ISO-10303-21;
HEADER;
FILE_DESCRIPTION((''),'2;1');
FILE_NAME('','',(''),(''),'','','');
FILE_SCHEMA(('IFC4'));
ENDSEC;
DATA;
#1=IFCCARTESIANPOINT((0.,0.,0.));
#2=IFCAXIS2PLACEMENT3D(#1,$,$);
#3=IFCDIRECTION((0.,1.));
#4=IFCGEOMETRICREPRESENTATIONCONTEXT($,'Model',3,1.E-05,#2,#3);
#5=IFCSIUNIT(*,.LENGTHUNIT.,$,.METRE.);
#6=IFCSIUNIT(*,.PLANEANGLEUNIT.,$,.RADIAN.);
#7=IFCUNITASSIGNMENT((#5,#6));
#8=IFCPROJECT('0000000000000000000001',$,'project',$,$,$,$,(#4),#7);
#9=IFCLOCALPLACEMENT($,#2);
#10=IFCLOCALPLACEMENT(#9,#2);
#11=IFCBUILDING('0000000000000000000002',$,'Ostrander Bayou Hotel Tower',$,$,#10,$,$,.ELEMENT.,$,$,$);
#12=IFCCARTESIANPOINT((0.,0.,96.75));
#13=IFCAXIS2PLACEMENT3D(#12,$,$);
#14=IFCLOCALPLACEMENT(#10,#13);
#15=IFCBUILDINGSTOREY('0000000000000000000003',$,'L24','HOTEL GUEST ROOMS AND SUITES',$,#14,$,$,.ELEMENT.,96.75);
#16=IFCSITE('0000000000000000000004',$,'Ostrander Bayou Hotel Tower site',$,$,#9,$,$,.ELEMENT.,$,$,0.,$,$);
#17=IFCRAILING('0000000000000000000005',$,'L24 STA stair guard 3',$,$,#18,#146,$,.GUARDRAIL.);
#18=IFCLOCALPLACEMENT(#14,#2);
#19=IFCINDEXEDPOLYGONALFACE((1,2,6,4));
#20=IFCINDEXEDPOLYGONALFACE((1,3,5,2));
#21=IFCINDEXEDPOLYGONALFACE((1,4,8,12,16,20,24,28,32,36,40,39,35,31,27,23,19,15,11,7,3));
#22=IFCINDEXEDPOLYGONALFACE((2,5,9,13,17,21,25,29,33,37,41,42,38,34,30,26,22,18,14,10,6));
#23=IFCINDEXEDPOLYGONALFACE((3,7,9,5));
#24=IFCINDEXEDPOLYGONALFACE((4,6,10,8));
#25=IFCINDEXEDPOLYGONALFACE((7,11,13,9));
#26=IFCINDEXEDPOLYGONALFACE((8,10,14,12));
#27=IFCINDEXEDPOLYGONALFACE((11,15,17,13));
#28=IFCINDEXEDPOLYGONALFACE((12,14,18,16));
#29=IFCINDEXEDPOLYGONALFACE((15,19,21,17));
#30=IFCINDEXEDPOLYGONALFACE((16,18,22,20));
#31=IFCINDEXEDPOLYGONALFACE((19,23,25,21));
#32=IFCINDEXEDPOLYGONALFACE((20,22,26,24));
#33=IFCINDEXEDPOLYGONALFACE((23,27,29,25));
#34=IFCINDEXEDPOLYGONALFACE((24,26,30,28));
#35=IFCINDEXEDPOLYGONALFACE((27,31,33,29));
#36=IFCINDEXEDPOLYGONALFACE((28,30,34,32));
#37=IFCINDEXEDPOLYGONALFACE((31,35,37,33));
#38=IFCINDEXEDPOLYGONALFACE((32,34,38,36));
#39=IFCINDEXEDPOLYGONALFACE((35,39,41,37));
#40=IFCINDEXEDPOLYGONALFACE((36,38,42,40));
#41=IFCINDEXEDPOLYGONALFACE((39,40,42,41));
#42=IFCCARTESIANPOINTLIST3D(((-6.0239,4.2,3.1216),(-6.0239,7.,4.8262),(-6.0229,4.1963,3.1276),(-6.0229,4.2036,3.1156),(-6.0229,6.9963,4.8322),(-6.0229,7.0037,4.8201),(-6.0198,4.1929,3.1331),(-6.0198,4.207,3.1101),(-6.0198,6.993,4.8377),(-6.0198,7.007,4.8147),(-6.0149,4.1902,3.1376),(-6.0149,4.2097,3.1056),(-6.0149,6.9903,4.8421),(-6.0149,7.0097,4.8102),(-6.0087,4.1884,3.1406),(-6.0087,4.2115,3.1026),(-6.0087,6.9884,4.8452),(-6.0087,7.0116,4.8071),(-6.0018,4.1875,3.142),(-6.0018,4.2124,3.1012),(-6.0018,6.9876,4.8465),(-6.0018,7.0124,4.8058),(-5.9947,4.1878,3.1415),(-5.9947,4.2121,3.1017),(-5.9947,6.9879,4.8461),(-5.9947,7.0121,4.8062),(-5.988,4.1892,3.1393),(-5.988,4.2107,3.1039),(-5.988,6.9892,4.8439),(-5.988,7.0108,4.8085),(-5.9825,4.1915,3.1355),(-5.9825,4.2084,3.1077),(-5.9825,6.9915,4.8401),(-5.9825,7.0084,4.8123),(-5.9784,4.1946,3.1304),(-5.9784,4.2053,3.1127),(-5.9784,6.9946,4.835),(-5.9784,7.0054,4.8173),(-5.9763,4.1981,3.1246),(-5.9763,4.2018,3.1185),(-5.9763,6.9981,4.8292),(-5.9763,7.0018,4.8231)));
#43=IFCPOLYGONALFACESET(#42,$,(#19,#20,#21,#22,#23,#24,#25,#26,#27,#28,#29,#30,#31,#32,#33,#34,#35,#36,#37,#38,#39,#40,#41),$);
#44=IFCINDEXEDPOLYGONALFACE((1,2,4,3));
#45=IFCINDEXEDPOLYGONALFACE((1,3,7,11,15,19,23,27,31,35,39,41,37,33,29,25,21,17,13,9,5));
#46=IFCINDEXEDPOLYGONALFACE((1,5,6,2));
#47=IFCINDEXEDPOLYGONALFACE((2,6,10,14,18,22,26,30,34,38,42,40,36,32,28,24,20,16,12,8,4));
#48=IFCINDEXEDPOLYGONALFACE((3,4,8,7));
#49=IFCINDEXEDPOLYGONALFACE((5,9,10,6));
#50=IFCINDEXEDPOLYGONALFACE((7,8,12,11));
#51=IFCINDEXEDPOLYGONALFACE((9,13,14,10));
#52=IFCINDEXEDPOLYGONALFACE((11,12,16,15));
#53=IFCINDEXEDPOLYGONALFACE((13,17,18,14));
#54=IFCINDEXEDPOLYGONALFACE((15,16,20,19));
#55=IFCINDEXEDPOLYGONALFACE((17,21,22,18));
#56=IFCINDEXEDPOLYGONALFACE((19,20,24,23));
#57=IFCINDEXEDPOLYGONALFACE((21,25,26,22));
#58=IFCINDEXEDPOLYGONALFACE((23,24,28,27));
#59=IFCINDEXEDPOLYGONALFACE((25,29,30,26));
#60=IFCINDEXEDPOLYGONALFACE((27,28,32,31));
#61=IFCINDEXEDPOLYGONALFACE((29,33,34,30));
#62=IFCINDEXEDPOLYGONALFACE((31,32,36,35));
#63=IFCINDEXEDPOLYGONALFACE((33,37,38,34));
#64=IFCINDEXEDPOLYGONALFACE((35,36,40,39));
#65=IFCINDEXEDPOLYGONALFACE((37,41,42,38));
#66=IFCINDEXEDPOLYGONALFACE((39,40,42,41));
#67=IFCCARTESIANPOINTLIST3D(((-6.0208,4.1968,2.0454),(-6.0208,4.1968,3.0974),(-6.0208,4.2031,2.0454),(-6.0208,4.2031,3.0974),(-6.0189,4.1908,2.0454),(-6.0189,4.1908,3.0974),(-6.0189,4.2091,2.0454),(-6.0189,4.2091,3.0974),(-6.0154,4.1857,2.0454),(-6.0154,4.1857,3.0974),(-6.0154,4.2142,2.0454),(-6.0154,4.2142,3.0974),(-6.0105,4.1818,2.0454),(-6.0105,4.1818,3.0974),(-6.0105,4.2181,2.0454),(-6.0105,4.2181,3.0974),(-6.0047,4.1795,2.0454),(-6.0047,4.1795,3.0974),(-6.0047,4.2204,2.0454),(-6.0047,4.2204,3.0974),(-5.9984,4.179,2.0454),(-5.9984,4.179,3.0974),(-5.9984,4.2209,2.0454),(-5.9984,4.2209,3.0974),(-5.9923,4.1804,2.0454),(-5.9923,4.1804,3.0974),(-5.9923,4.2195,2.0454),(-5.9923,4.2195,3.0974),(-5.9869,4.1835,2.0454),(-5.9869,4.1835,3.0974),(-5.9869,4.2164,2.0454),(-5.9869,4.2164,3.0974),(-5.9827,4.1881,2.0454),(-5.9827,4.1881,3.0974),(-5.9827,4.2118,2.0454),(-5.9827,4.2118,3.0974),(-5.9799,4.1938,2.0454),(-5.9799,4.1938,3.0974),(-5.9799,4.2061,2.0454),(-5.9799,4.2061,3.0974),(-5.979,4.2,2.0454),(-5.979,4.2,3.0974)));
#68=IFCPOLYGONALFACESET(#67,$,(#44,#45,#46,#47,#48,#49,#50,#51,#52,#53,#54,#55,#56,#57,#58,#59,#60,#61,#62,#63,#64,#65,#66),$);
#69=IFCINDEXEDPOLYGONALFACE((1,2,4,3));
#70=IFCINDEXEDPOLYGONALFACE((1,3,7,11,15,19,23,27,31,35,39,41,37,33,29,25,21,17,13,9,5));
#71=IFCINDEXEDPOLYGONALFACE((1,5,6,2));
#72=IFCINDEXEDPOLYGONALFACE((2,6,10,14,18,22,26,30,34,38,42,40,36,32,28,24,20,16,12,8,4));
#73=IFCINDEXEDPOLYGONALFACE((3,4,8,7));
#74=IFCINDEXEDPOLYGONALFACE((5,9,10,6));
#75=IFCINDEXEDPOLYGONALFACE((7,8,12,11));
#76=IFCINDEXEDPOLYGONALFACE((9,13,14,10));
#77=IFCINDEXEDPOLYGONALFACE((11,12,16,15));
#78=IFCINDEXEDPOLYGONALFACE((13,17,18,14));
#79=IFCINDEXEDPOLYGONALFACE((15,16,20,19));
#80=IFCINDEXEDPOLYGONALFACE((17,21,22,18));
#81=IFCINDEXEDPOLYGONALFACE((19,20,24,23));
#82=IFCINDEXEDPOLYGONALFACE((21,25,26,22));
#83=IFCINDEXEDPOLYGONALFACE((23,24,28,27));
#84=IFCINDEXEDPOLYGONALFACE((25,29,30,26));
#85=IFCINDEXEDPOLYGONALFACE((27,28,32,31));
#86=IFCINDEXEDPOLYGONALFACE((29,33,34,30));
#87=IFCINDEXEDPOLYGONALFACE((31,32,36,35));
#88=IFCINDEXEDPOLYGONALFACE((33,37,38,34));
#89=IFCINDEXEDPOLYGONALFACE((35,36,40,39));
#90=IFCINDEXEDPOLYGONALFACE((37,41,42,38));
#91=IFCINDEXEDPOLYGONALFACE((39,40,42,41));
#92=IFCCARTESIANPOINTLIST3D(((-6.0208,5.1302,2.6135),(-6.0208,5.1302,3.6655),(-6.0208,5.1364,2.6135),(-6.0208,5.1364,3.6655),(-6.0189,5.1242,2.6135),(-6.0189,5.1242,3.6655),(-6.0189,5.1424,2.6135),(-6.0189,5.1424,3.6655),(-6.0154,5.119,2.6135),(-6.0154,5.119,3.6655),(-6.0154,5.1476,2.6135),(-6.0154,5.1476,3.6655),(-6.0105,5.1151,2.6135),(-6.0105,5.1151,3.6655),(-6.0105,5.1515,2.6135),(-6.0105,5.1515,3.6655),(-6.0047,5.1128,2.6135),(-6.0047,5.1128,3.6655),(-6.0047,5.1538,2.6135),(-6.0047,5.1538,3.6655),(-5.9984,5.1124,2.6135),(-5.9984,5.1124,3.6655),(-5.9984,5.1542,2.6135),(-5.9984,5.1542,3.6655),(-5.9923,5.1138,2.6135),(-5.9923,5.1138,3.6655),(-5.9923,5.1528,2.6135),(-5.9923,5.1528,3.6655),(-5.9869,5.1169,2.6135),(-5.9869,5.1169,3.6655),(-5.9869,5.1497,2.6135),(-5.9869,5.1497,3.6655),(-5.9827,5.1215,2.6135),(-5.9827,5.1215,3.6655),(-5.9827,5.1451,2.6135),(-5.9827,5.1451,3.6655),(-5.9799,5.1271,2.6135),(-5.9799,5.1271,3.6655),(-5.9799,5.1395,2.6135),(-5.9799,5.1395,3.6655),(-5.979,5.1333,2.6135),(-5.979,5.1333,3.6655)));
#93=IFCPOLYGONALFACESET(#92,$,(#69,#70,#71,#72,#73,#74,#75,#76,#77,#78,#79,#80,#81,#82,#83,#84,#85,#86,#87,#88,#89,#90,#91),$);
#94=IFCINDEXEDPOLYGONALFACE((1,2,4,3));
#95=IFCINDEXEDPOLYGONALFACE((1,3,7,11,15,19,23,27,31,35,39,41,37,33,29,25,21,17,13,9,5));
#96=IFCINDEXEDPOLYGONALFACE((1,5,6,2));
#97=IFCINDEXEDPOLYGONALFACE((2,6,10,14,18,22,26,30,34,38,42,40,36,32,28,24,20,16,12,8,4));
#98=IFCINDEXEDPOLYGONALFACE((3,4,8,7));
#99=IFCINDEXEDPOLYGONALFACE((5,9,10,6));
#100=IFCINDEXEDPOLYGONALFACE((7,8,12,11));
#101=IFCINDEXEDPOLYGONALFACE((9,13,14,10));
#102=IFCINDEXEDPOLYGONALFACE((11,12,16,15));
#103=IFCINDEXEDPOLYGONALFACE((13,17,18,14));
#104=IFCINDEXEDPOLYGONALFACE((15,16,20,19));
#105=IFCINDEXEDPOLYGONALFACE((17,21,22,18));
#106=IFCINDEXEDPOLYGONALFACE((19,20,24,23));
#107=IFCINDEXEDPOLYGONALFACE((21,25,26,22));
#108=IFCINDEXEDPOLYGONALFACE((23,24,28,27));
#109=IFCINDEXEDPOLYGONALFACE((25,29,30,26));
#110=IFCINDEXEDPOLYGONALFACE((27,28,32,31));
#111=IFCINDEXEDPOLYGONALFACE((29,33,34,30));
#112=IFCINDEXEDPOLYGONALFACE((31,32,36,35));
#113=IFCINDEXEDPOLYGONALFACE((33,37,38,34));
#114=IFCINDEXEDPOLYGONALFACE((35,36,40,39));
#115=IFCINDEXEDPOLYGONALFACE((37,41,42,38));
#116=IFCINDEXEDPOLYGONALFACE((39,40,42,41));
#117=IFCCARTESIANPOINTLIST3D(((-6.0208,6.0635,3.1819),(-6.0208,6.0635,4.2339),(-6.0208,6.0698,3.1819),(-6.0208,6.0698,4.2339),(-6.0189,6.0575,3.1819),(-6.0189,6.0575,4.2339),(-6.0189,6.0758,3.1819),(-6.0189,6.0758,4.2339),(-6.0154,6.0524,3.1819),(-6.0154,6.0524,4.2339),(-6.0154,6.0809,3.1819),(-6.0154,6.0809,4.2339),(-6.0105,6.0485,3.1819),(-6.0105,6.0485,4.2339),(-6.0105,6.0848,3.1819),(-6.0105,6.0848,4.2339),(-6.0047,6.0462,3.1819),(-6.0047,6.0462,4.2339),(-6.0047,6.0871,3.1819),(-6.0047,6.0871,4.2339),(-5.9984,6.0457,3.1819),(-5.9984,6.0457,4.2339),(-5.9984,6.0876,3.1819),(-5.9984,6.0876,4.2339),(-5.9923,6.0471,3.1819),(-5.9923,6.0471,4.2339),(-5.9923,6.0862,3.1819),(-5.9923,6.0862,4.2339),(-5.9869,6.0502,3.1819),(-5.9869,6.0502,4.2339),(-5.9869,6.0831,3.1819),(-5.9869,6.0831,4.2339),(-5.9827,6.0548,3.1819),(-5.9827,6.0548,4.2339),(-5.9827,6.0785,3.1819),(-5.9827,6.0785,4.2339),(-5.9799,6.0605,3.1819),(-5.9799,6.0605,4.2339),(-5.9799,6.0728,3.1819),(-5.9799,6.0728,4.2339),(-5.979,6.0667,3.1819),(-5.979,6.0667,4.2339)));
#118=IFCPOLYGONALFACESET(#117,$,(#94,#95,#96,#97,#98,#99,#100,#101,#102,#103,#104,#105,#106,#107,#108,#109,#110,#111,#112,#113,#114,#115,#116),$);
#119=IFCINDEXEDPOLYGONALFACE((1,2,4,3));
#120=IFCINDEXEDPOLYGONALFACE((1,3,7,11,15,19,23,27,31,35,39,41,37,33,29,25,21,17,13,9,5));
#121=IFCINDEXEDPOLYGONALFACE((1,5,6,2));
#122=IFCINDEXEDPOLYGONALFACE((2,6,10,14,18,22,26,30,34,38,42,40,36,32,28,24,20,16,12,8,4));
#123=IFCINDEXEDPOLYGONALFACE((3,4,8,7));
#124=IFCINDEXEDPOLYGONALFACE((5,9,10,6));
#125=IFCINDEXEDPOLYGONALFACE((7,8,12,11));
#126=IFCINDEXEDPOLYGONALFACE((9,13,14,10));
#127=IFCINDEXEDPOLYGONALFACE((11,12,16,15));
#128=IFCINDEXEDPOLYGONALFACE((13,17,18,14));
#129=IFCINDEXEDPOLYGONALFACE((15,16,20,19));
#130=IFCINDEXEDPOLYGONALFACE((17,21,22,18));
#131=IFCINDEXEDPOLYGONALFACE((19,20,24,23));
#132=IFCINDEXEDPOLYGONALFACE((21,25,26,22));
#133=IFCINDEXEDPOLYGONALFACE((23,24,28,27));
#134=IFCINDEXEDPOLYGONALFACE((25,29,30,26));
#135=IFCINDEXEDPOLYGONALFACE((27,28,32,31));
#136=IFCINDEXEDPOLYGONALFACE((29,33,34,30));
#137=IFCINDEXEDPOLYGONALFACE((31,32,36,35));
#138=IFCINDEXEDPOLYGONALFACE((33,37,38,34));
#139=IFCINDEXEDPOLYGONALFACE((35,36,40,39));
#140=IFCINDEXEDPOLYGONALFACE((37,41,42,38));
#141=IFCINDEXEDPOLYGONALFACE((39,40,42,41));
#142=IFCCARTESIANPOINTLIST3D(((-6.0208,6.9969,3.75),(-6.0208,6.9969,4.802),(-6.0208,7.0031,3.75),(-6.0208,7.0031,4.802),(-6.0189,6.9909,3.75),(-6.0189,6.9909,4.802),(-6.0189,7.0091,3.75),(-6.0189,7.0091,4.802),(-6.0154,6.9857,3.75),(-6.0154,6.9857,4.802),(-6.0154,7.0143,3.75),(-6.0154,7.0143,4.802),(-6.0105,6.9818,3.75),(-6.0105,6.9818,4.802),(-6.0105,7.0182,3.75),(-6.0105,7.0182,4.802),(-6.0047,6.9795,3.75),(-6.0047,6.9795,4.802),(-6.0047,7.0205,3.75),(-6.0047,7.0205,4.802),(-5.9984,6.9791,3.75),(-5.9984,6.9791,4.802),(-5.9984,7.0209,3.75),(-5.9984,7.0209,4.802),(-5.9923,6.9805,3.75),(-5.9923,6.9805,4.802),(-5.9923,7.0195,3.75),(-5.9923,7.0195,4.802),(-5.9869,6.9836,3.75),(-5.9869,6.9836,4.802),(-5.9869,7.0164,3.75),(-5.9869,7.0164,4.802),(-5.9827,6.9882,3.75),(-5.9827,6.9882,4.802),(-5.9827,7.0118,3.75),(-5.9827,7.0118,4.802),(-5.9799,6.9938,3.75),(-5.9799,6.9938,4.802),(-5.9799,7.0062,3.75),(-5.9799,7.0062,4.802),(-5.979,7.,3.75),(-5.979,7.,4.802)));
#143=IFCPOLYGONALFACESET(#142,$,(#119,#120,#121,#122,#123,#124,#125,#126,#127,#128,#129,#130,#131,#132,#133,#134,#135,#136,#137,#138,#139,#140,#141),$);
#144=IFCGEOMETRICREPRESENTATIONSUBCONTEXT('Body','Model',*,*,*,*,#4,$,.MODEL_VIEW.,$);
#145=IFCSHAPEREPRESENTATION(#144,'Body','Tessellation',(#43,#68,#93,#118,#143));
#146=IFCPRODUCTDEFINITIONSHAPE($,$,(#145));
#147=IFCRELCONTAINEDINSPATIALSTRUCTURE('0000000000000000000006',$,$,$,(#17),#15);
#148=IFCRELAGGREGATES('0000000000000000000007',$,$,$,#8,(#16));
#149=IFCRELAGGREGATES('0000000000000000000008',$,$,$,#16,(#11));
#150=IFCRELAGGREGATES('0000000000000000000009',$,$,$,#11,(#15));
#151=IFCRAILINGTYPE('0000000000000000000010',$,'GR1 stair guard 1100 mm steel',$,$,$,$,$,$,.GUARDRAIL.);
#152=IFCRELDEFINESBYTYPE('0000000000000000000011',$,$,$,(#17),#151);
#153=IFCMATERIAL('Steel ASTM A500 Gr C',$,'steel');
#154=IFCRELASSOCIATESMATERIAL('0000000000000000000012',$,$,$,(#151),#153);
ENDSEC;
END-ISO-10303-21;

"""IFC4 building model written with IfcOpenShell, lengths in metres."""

from ifc_helpers import new_model, si_unit, direction, frame, origin, origin_2d, place, context, subcontext, project, spatial, circle, extrude, material, type_object, element, save


model = new_model("IFC4")

# Units and contexts
model_context = context("Model", 3, precision=1e-05, world=origin(), true_north=direction((0.0, 1.0)))
body_context = subcontext(model_context, "Body", "Model", "MODEL_VIEW")
ifc_project = project(units=[si_unit("LENGTHUNIT", "METRE"), si_unit("PLANEANGLEUNIT", "RADIAN")], contexts=[model_context])

# Site, building, storey
site_placement = place(None, origin())
site = spatial("IfcSite", under=ifc_project, at=site_placement, Name="Ostrander Bayou Hotel Tower site", CompositionType="ELEMENT", RefElevation=0.0)
building_placement = place(site_placement, origin())
building = spatial("IfcBuilding", under=site, at=building_placement, Name="Ostrander Bayou Hotel Tower", CompositionType="ELEMENT")
storey_placement = place(building_placement, frame((0.0, 0.0, 96.75)))
storey = spatial("IfcBuildingStorey", under=building, at=storey_placement, Name="L24", Description="HOTEL GUEST ROOMS AND SUITES", CompositionType="ELEMENT", Elevation=96.75)

# Railing
ifc_material_1 = material(Name="Steel ASTM A500 Gr C", Category="steel")
railing_type_1 = type_object("IfcRailingType", Name="GR1 stair guard 1100 mm steel", PredefinedType="GUARDRAIL", material=ifc_material_1)
railing_1_placement = place(storey_placement, frame((-6.0, 4.2, 2.0454)))
element("IfcRailing", 1, at=railing_1_placement, inside=storey, type_object=railing_type_1, Name="L24 STA stair guard 3", PredefinedType="GUARDRAIL", context=body_context, shape_type="SweptSolid", body=[
    extrude(circle(Radius=0.0239, at=origin_2d()), frame((0.0, 0.0, 1.0762), z_axis=(0.0, 0.85417, 0.519994), x_axis=(-1.0, 0.0, 0.0)), (0.0, 0.0, 1.0), 3.2781),
    extrude(circle(Radius=0.021, at=origin_2d()), origin(), (0.0, 0.0, 1.0), 1.052),
    extrude(circle(Radius=0.021, at=origin_2d()), frame((0.0, 0.9333, 0.5681)), (0.0, 0.0, 1.0), 1.052),
    extrude(circle(Radius=0.021, at=origin_2d()), frame((0.0, 1.8667, 1.1365)), (0.0, 0.0, 1.0), 1.052),
    extrude(circle(Radius=0.021, at=origin_2d()), frame((0.0, 2.8, 1.7046)), (0.0, 0.0, 1.0), 1.052),
])

save(model, "model.ifc")
